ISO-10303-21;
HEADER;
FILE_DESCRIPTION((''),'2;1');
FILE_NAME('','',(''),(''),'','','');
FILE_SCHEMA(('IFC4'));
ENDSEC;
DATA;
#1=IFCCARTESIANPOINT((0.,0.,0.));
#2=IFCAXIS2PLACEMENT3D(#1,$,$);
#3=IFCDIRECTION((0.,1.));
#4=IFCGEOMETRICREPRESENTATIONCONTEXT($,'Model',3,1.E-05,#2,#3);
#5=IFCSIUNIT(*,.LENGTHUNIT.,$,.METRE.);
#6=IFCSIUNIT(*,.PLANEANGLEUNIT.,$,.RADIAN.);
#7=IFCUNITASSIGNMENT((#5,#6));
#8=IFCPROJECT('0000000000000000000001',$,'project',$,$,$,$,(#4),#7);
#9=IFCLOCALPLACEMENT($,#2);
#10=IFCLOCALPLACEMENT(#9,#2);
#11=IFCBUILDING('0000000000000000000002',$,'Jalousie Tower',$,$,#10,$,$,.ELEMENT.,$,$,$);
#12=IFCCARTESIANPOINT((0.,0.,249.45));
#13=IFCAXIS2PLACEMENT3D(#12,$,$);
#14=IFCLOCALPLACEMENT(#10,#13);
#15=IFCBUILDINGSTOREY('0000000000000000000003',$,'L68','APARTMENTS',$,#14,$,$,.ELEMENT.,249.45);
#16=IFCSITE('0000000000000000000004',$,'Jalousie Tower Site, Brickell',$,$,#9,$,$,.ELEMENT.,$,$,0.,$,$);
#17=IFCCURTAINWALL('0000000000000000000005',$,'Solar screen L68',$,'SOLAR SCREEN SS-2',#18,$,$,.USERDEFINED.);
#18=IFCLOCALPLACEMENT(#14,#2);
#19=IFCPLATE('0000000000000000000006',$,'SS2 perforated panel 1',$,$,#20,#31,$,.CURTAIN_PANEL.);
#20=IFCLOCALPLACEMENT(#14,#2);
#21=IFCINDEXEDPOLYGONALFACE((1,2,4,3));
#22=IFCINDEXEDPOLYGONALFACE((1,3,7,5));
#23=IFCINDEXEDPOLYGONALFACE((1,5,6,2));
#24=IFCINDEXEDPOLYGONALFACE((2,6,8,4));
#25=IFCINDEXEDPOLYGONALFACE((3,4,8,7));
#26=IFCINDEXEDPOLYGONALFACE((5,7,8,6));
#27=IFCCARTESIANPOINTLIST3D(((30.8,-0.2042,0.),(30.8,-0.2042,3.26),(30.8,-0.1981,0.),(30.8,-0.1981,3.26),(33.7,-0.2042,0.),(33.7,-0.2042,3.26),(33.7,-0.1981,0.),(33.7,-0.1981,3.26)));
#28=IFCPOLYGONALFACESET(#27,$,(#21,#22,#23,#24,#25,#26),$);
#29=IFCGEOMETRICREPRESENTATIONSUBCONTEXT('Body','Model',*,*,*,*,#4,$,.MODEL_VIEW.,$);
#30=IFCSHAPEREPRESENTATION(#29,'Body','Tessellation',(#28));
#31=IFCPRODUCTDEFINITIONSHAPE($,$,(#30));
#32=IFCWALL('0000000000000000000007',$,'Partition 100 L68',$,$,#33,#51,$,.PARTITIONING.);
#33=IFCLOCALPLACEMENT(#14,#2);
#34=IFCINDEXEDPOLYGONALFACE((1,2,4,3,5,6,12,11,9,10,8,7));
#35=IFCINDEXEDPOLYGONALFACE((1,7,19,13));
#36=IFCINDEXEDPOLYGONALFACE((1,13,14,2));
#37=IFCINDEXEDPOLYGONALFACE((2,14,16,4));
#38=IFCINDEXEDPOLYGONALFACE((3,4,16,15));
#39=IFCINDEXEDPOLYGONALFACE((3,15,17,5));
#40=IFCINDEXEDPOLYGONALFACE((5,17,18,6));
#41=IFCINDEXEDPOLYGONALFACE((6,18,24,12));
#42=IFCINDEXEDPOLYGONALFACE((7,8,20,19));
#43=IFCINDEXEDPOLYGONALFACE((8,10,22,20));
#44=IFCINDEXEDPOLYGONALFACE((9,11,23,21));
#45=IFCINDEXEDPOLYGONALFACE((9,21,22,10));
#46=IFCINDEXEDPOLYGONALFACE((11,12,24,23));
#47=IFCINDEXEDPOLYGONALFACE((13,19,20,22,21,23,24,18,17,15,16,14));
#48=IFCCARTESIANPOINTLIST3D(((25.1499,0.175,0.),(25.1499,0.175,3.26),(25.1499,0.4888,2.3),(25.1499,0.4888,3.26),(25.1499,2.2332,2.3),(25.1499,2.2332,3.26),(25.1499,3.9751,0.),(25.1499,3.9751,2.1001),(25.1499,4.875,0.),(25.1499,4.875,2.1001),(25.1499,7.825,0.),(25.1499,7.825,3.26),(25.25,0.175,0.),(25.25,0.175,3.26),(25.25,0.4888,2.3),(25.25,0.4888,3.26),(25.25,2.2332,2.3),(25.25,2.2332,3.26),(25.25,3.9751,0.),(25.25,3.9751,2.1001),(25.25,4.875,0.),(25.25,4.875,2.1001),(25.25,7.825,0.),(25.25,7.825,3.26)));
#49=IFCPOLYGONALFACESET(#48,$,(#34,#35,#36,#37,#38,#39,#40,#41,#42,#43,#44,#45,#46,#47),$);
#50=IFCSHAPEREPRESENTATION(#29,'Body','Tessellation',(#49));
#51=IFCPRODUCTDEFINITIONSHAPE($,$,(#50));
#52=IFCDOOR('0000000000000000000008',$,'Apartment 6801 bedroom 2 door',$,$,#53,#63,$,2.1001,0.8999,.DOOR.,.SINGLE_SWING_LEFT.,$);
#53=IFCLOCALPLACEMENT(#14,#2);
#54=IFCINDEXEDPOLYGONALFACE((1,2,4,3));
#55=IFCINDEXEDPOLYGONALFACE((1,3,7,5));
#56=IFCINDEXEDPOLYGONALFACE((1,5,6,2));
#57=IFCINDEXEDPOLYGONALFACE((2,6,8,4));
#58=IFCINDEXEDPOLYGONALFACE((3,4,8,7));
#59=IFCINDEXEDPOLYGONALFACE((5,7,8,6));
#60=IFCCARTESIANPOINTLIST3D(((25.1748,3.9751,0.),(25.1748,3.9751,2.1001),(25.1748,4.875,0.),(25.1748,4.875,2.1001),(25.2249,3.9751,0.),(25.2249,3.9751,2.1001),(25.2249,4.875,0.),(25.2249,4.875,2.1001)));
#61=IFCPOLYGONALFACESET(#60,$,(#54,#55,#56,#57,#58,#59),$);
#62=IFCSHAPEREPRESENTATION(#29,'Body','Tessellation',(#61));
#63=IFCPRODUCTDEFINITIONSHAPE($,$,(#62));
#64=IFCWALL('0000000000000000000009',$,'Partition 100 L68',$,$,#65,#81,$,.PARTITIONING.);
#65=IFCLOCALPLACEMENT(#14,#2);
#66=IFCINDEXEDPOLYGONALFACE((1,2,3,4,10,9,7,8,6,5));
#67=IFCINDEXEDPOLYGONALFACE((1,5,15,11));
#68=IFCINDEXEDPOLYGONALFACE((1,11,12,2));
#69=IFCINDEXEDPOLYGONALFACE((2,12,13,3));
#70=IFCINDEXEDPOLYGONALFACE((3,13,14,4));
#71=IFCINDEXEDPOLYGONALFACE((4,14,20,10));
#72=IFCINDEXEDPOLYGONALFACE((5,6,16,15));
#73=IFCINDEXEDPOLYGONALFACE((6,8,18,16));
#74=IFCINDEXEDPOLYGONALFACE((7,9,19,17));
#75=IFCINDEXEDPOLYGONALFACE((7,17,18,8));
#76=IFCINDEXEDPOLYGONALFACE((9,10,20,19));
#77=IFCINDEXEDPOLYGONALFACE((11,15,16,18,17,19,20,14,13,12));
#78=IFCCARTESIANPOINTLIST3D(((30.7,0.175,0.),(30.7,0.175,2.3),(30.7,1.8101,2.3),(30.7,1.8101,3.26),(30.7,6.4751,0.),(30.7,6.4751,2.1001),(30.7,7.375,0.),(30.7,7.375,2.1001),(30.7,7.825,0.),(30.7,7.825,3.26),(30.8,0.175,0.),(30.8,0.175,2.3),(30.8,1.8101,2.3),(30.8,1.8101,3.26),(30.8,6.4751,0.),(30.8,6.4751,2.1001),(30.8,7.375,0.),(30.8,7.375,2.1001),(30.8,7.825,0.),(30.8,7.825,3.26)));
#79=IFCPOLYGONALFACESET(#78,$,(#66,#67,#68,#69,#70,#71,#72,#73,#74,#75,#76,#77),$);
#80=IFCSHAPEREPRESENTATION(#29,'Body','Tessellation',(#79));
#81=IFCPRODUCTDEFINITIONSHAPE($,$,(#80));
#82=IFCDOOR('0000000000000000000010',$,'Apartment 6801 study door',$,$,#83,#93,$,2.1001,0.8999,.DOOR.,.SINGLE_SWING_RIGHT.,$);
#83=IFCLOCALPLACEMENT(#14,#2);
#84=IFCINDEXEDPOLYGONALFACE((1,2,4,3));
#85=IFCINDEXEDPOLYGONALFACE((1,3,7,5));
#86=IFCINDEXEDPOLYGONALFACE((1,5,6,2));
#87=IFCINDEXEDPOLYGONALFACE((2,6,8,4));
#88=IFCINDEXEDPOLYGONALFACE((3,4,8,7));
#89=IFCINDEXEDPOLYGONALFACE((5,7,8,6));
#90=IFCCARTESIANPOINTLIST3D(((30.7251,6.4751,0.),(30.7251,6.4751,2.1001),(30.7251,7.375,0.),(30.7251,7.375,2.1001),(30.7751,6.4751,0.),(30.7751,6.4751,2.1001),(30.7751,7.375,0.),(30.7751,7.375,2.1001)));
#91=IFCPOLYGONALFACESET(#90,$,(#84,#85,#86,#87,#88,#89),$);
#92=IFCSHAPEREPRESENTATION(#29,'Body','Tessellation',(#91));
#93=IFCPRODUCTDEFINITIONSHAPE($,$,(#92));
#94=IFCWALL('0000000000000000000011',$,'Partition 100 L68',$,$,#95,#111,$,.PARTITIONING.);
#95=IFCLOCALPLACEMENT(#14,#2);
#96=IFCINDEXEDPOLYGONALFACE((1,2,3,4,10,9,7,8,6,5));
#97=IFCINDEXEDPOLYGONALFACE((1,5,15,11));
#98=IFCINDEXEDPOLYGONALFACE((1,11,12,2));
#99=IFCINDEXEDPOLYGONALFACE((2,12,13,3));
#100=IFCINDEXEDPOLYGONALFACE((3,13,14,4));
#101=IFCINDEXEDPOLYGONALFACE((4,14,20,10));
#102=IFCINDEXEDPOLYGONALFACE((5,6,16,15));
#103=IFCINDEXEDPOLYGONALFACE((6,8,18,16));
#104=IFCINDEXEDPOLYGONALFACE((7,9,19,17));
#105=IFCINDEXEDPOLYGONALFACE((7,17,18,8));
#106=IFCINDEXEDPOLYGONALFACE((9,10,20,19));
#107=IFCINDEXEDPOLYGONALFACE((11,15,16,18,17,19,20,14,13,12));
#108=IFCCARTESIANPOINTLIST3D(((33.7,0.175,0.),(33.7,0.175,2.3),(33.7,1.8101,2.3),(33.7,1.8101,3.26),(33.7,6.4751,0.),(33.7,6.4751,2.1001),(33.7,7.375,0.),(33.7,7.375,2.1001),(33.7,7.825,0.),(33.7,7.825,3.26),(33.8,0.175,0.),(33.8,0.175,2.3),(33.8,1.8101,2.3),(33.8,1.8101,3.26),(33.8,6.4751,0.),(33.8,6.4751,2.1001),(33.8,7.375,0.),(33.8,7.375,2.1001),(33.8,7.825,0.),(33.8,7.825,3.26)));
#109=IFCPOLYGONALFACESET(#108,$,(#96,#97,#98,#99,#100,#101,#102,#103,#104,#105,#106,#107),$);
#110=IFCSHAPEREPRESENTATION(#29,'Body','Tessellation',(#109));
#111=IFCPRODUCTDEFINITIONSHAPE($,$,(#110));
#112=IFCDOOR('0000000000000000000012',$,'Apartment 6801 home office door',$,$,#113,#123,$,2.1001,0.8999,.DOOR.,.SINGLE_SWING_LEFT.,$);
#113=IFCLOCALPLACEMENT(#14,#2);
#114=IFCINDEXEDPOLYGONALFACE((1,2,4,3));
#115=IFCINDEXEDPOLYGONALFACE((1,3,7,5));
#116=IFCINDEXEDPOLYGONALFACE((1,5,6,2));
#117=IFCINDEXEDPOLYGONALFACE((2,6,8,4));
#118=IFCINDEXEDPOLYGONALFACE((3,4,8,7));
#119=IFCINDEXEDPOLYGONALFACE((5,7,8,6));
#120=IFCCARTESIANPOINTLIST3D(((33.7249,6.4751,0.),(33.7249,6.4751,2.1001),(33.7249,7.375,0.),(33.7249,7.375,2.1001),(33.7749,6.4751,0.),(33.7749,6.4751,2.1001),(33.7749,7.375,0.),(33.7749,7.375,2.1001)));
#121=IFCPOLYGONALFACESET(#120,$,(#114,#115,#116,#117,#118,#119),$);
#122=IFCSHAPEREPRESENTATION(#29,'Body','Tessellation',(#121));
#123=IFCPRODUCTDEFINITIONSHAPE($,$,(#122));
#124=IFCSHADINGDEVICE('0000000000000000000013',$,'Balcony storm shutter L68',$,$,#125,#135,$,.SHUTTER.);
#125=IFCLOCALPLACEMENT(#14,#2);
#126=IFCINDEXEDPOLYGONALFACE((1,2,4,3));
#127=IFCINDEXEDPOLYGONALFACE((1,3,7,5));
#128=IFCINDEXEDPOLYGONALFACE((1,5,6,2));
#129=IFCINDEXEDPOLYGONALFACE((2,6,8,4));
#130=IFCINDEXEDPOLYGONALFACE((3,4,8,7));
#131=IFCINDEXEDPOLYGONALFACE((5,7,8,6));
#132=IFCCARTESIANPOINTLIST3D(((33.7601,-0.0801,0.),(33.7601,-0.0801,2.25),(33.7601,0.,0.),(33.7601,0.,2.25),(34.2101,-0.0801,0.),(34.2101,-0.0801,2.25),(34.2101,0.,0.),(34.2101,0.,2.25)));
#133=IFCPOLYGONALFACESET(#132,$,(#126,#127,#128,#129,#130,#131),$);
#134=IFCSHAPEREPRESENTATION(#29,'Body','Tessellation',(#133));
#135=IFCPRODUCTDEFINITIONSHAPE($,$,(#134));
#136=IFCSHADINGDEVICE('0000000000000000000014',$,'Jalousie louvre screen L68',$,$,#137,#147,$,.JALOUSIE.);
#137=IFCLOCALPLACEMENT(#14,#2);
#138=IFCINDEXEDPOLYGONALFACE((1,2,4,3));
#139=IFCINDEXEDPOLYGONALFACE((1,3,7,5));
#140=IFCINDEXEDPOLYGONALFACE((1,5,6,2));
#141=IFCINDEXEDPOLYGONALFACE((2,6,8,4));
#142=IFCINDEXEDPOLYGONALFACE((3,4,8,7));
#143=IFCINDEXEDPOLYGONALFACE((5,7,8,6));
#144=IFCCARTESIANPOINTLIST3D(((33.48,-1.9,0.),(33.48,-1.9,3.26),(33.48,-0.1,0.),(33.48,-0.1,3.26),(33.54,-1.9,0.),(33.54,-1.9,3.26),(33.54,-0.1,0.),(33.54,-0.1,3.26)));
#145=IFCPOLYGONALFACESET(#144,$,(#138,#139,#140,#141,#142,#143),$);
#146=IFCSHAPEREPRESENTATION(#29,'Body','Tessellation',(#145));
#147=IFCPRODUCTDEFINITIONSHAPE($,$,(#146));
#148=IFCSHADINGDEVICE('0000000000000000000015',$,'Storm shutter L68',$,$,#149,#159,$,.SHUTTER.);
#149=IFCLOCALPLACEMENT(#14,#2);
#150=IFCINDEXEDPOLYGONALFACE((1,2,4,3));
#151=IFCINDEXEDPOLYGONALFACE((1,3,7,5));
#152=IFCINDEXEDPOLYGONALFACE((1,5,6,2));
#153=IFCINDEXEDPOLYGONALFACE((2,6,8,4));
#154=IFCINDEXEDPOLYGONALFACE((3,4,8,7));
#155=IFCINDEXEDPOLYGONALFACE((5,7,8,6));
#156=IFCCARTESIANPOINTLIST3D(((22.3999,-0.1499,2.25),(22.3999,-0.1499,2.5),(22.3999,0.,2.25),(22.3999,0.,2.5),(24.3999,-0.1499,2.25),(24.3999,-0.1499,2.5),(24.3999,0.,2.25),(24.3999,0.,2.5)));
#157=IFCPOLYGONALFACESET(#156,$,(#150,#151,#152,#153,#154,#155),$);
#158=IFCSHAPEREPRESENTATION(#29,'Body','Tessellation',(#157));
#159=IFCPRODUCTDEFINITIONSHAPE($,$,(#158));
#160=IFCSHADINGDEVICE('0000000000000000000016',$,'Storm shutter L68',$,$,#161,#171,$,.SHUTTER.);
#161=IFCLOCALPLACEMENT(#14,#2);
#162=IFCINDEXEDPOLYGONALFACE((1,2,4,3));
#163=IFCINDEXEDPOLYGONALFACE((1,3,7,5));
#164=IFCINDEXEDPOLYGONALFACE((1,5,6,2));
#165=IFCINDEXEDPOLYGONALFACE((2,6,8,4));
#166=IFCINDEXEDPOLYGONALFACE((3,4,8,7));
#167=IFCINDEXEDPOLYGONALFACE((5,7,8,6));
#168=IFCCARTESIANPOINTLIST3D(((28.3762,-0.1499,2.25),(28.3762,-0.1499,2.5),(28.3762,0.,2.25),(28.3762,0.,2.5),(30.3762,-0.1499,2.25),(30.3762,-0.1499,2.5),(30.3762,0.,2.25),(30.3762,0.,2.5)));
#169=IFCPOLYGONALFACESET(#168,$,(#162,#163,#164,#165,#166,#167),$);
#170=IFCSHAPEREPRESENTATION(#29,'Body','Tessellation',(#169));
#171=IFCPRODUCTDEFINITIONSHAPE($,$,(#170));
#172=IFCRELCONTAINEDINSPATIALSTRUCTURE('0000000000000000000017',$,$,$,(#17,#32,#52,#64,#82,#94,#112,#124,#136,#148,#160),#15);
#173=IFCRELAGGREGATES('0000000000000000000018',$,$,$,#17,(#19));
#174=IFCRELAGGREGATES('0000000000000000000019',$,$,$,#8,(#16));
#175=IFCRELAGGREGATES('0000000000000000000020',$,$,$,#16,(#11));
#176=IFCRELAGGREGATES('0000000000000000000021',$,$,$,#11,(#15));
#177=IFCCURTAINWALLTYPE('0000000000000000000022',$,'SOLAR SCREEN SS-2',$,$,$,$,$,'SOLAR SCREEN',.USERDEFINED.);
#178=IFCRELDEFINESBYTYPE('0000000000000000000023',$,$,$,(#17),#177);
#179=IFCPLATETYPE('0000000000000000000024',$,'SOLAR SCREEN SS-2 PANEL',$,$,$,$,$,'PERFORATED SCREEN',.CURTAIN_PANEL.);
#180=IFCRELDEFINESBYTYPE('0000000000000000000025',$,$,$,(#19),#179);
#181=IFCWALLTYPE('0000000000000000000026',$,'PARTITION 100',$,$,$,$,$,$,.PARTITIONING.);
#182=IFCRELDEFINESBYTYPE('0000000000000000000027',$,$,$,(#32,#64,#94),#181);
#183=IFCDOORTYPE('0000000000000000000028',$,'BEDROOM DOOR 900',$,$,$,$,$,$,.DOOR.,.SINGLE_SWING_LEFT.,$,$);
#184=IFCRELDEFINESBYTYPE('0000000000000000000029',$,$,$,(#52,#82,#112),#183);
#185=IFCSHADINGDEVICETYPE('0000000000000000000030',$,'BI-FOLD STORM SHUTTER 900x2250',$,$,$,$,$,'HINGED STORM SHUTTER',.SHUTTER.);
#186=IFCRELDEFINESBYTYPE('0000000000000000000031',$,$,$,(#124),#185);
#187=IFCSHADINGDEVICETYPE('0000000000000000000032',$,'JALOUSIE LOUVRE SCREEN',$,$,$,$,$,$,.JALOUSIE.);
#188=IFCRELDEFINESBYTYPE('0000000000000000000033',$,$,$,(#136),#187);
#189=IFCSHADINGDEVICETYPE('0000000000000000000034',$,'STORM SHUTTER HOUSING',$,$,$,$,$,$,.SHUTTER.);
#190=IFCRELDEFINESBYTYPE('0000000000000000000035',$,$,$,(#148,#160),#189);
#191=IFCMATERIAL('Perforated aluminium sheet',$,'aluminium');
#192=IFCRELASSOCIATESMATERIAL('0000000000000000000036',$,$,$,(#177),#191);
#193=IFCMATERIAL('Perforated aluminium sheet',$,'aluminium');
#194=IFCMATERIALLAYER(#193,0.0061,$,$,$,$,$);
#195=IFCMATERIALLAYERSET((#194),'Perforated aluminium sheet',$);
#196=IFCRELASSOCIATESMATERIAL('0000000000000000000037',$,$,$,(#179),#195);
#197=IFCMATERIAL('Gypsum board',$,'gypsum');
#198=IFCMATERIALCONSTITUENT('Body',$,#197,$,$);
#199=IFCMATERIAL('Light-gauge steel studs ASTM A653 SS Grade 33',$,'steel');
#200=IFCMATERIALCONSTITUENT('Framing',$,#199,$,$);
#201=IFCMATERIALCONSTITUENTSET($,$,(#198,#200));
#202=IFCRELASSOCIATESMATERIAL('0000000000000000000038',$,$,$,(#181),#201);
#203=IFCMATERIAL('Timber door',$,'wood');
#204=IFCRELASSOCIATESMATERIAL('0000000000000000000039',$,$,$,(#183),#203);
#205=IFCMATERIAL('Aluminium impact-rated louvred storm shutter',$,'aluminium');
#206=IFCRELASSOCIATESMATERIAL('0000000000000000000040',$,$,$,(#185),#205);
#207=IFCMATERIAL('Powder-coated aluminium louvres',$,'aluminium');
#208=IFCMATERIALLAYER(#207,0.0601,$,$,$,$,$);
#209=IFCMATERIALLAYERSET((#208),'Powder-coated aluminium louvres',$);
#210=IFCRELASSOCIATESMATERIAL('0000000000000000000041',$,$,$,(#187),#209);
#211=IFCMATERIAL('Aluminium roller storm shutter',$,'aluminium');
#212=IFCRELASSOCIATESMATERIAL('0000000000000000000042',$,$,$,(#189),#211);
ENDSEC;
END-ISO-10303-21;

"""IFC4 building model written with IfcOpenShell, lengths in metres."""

from ifc_helpers import new_model, si_unit, direction, frame, frame_2d, origin, origin_2d, place, context, subcontext, project, spatial, polyline, rectangle, outline, extrude, material, layer, layer_set, constituent, constituent_set, type_object, element, fill, aggregate, save


model = new_model("IFC4")

# Units and contexts
model_context = context("Model", 3, precision=1e-05, world=origin(), true_north=direction((0.0, 1.0)))
body_context = subcontext(model_context, "Body", "Model", "MODEL_VIEW")
ifc_project = project(units=[si_unit("LENGTHUNIT", "METRE"), si_unit("PLANEANGLEUNIT", "RADIAN")], contexts=[model_context])

# Site, building, storey
site_placement = place(None, origin())
site = spatial("IfcSite", under=ifc_project, at=site_placement, Name="Jalousie Tower Site, Brickell", CompositionType="ELEMENT", RefElevation=0.0)
building_placement = place(site_placement, origin())
building = spatial("IfcBuilding", under=site, at=building_placement, Name="Jalousie Tower", CompositionType="ELEMENT")
storey_placement = place(building_placement, frame((0.0, 0.0, 249.45)))
storey = spatial("IfcBuildingStorey", under=building, at=storey_placement, Name="L68", Description="APARTMENTS", CompositionType="ELEMENT", Elevation=249.45)

# Shared definitions
ifc_material_1 = material(Name="Perforated aluminium sheet", Category="aluminium")
curtain_wall_type = type_object("IfcCurtainWallType", Name="SOLAR SCREEN SS-2", ElementType="SOLAR SCREEN", PredefinedType="USERDEFINED", material=ifc_material_1)

# Curtain wall
curtain_wall_1_placement = place(storey_placement, origin())
curtain_wall_1 = element("IfcCurtainWall", 1, at=curtain_wall_1_placement, inside=storey, type_object=curtain_wall_type, Name="Solar screen L68", ObjectType="SOLAR SCREEN SS-2", PredefinedType="USERDEFINED")

# Plate
ifc_material_2 = material(Name="Perforated aluminium sheet", Category="aluminium")
ifc_layer_1 = layer(ifc_material_2, 0.0061)
ifc_layer_set_1 = layer_set([ifc_layer_1], Name="Perforated aluminium sheet")
plate_type = type_object("IfcPlateType", Name="SOLAR SCREEN SS-2 PANEL", ElementType="PERFORATED SCREEN", PredefinedType="CURTAIN_PANEL", material=ifc_layer_set_1)
plate_1_placement = place(storey_placement, frame((32.25, -0.2012, 0.0), z_axis=(0.0, 0.0, 1.0), x_axis=(1.0, 0.0, 0.0)))
plate_1 = element("IfcPlate", 2, at=plate_1_placement, type_object=plate_type, Name="SS2 perforated panel 1", PredefinedType="CURTAIN_PANEL", context=body_context, shape_type="SweptSolid", body=[
    extrude(rectangle(XDim=2.8999, YDim=0.0061, at=origin_2d()), origin(), (0.0, 0.0, 1.0), 3.26),
])
aggregate(curtain_wall_1, [plate_1])

# Walls, openings, doors
ifc_material_3 = material(Name="Gypsum board", Category="gypsum")
ifc_constituent_1 = constituent(ifc_material_3, Name="Body")
ifc_material_4 = material(Name="Light-gauge steel studs ASTM A653 SS Grade 33", Category="steel")
ifc_constituent_2 = constituent(ifc_material_4, Name="Framing")
ifc_constituent_set = constituent_set(constituents=[ifc_constituent_1, ifc_constituent_2])
wall_type = type_object("IfcWallType", Name="PARTITION 100", PredefinedType="PARTITIONING", material=ifc_constituent_set)
wall_1_placement = place(storey_placement, frame((25.2, 0.175, 0.0), z_axis=(0.0, 0.0, 1.0), x_axis=(0.0, 1.0, 0.0)))
wall_1 = element("IfcWall", 3, at=wall_1_placement, inside=storey, type_object=wall_type, Name="Partition 100 L68", PredefinedType="PARTITIONING", context=body_context, shape_type="SweptSolid", body=[
    extrude(outline(polyline([(0.0, 0.0), (7.6499, 0.0), (7.6499, 3.26), (2.0581, 3.26), (2.0581, 2.3), (0.3137, 2.3), (0.3137, 3.26), (0.0, 3.26), (0.0, 0.0)])), frame((0.0, 0.05, 0.0), z_axis=(0.0, -1.0, 0.0), x_axis=(1.0, 0.0, 0.0)), (0.0, 0.0, 1.0), 0.1001),
])
opening_1_placement = place(wall_1_placement, frame((3.8, 0.0, 0.0)))
opening_1 = element("IfcOpeningElement", 4, at=opening_1_placement, cuts=wall_1, PredefinedType="OPENING", context=body_context, shape_type="SweptSolid", body=[
    extrude(rectangle(XDim=0.8999, YDim=2.1001, at=frame_2d((0.45, 1.05))), frame((0.0, 0.0601, 0.0), z_axis=(0.0, -1.0, 0.0), x_axis=(1.0, 0.0, 0.0)), (0.0, 0.0, 1.0), 0.1201),
])
ifc_material_5 = material(Name="Timber door", Category="wood")
door_type = type_object("IfcDoorType", Name="BEDROOM DOOR 900", OperationType="SINGLE_SWING_LEFT", PredefinedType="DOOR", material=ifc_material_5)
door_1_placement = place(opening_1_placement, frame((0.8999, 0.0, 0.0), z_axis=(0.0, 0.0, 1.0), x_axis=(-1.0, 0.0, 0.0)))
door_1 = element("IfcDoor", 5, at=door_1_placement, inside=storey, type_object=door_type, Name="Apartment 6801 bedroom 2 door", OperationType="SINGLE_SWING_LEFT", OverallHeight=2.1001, OverallWidth=0.8999, PredefinedType="DOOR", context=body_context, shape_type="SweptSolid", body=[
    extrude(rectangle(XDim=0.8999, YDim=2.1001, at=frame_2d((0.45, 1.05))), frame((0.0, 0.0249, 0.0), z_axis=(0.0, -1.0, 0.0), x_axis=(1.0, 0.0, 0.0)), (0.0, 0.0, 1.0), 0.05),
])
fill(opening_1, door_1)
wall_2_placement = place(storey_placement, frame((30.75, 0.175, 0.0), z_axis=(0.0, 0.0, 1.0), x_axis=(0.0, 1.0, 0.0)))
wall_2 = element("IfcWall", 6, at=wall_2_placement, inside=storey, type_object=wall_type, Name="Partition 100 L68", PredefinedType="PARTITIONING", context=body_context, shape_type="SweptSolid", body=[
    extrude(outline(polyline([(0.0, 0.0), (7.6499, 0.0), (7.6499, 3.26), (1.635, 3.26), (1.635, 2.3), (0.0, 2.3), (0.0, 3.26), (0.0, 0.0)])), frame((0.0, 0.05, 0.0), z_axis=(0.0, -1.0, 0.0), x_axis=(1.0, 0.0, 0.0)), (0.0, 0.0, 1.0), 0.1001),
])
opening_2_placement = place(wall_2_placement, frame((6.3, 0.0, 0.0)))
opening_2 = element("IfcOpeningElement", 7, at=opening_2_placement, cuts=wall_2, PredefinedType="OPENING", context=body_context, shape_type="SweptSolid", body=[
    extrude(rectangle(XDim=0.8999, YDim=2.1001, at=frame_2d((0.45, 1.05))), frame((0.0, 0.0601, 0.0), z_axis=(0.0, -1.0, 0.0), x_axis=(1.0, 0.0, 0.0)), (0.0, 0.0, 1.0), 0.1201),
])
door_2_placement = place(opening_2_placement, origin())
door_2 = element("IfcDoor", 8, at=door_2_placement, inside=storey, type_object=door_type, Name="Apartment 6801 study door", OperationType="SINGLE_SWING_RIGHT", OverallHeight=2.1001, OverallWidth=0.8999, PredefinedType="DOOR", context=body_context, shape_type="SweptSolid", body=[
    extrude(rectangle(XDim=0.8999, YDim=2.1001, at=frame_2d((0.45, 1.05))), frame((0.0, 0.0249, 0.0), z_axis=(0.0, -1.0, 0.0), x_axis=(1.0, 0.0, 0.0)), (0.0, 0.0, 1.0), 0.05),
])
fill(opening_2, door_2)
wall_3_placement = place(storey_placement, frame((33.75, 0.175, 0.0), z_axis=(0.0, 0.0, 1.0), x_axis=(0.0, 1.0, 0.0)))
wall_3 = element("IfcWall", 9, at=wall_3_placement, inside=storey, type_object=wall_type, Name="Partition 100 L68", PredefinedType="PARTITIONING", context=body_context, shape_type="SweptSolid", body=[
    extrude(outline(polyline([(0.0, 0.0), (7.6499, 0.0), (7.6499, 3.26), (1.635, 3.26), (1.635, 2.3), (0.0, 2.3), (0.0, 3.26), (0.0, 0.0)])), frame((0.0, 0.05, 0.0), z_axis=(0.0, -1.0, 0.0), x_axis=(1.0, 0.0, 0.0)), (0.0, 0.0, 1.0), 0.1001),
])
opening_3_placement = place(wall_3_placement, frame((6.3, 0.0, 0.0)))
opening_3 = element("IfcOpeningElement", 10, at=opening_3_placement, cuts=wall_3, PredefinedType="OPENING", context=body_context, shape_type="SweptSolid", body=[
    extrude(rectangle(XDim=0.8999, YDim=2.1001, at=frame_2d((0.45, 1.05))), frame((0.0, 0.0601, 0.0), z_axis=(0.0, -1.0, 0.0), x_axis=(1.0, 0.0, 0.0)), (0.0, 0.0, 1.0), 0.1201),
])
door_3_placement = place(opening_3_placement, frame((0.8999, 0.0, 0.0), z_axis=(0.0, 0.0, 1.0), x_axis=(-1.0, 0.0, 0.0)))
door_3 = element("IfcDoor", 11, at=door_3_placement, inside=storey, type_object=door_type, Name="Apartment 6801 home office door", OperationType="SINGLE_SWING_LEFT", OverallHeight=2.1001, OverallWidth=0.8999, PredefinedType="DOOR", context=body_context, shape_type="SweptSolid", body=[
    extrude(rectangle(XDim=0.8999, YDim=2.1001, at=frame_2d((0.45, 1.05))), frame((0.0, 0.0249, 0.0), z_axis=(0.0, -1.0, 0.0), x_axis=(1.0, 0.0, 0.0)), (0.0, 0.0, 1.0), 0.05),
])
fill(opening_3, door_3)

# Shading device
ifc_material_6 = material(Name="Aluminium impact-rated louvred storm shutter", Category="aluminium")
shading_device_type_1 = type_object("IfcShadingDeviceType", Name="BI-FOLD STORM SHUTTER 900x2250", ElementType="HINGED STORM SHUTTER", PredefinedType="SHUTTER", material=ifc_material_6)
shading_device_1_placement = place(storey_placement, frame((33.9851, -0.04, 0.0), z_axis=(0.0, 0.0, 1.0), x_axis=(1.0, 0.0, 0.0)))
element("IfcShadingDevice", 12, at=shading_device_1_placement, inside=storey, type_object=shading_device_type_1, Name="Balcony storm shutter L68", PredefinedType="SHUTTER", context=body_context, shape_type="SweptSolid", body=[
    extrude(rectangle(XDim=0.45, YDim=0.0801, at=origin_2d()), origin(), (0.0, 0.0, 1.0), 2.25),
])

# Shading devices
ifc_material_7 = material(Name="Powder-coated aluminium louvres", Category="aluminium")
ifc_layer_2 = layer(ifc_material_7, 0.0601)
ifc_layer_set_2 = layer_set([ifc_layer_2], Name="Powder-coated aluminium louvres")
shading_device_type_2 = type_object("IfcShadingDeviceType", Name="JALOUSIE LOUVRE SCREEN", PredefinedType="JALOUSIE", material=ifc_layer_set_2)
shading_device_2_placement = place(storey_placement, frame((33.51, -1.0, 0.0), z_axis=(0.0, 0.0, 1.0), x_axis=(1.0, 0.0, 0.0)))
element("IfcShadingDevice", 13, at=shading_device_2_placement, inside=storey, type_object=shading_device_type_2, Name="Jalousie louvre screen L68", PredefinedType="JALOUSIE", context=body_context, shape_type="SweptSolid", body=[
    extrude(rectangle(XDim=0.0601, YDim=1.8, at=origin_2d()), origin(), (0.0, 0.0, 1.0), 3.26),
])
ifc_material_8 = material(Name="Aluminium roller storm shutter", Category="aluminium")
shading_device_type_3 = type_object("IfcShadingDeviceType", Name="STORM SHUTTER HOUSING", PredefinedType="SHUTTER", material=ifc_material_8)
for number, where, z_axis, x_axis, name in (
    (14, (23.3999, -0.075, 2.25), (0.0, 0.0, 1.0), (1.0, 0.0, 0.0), "Storm shutter L68"),
    (15, (29.3762, -0.075, 2.25), (0.0, 0.0, 1.0), (1.0, 0.0, 0.0), "Storm shutter L68"),
):
    element("IfcShadingDevice", number, at=place(storey_placement, frame(where, z_axis=z_axis, x_axis=x_axis)), inside=storey, type_object=shading_device_type_3, Name=name, PredefinedType="SHUTTER", context=body_context, shape_type="SweptSolid", body=[
        extrude(rectangle(XDim=2.0, YDim=0.1499, at=origin_2d()), origin(), (0.0, 0.0, 1.0), 0.25),
    ])

save(model, "model.ifc")
